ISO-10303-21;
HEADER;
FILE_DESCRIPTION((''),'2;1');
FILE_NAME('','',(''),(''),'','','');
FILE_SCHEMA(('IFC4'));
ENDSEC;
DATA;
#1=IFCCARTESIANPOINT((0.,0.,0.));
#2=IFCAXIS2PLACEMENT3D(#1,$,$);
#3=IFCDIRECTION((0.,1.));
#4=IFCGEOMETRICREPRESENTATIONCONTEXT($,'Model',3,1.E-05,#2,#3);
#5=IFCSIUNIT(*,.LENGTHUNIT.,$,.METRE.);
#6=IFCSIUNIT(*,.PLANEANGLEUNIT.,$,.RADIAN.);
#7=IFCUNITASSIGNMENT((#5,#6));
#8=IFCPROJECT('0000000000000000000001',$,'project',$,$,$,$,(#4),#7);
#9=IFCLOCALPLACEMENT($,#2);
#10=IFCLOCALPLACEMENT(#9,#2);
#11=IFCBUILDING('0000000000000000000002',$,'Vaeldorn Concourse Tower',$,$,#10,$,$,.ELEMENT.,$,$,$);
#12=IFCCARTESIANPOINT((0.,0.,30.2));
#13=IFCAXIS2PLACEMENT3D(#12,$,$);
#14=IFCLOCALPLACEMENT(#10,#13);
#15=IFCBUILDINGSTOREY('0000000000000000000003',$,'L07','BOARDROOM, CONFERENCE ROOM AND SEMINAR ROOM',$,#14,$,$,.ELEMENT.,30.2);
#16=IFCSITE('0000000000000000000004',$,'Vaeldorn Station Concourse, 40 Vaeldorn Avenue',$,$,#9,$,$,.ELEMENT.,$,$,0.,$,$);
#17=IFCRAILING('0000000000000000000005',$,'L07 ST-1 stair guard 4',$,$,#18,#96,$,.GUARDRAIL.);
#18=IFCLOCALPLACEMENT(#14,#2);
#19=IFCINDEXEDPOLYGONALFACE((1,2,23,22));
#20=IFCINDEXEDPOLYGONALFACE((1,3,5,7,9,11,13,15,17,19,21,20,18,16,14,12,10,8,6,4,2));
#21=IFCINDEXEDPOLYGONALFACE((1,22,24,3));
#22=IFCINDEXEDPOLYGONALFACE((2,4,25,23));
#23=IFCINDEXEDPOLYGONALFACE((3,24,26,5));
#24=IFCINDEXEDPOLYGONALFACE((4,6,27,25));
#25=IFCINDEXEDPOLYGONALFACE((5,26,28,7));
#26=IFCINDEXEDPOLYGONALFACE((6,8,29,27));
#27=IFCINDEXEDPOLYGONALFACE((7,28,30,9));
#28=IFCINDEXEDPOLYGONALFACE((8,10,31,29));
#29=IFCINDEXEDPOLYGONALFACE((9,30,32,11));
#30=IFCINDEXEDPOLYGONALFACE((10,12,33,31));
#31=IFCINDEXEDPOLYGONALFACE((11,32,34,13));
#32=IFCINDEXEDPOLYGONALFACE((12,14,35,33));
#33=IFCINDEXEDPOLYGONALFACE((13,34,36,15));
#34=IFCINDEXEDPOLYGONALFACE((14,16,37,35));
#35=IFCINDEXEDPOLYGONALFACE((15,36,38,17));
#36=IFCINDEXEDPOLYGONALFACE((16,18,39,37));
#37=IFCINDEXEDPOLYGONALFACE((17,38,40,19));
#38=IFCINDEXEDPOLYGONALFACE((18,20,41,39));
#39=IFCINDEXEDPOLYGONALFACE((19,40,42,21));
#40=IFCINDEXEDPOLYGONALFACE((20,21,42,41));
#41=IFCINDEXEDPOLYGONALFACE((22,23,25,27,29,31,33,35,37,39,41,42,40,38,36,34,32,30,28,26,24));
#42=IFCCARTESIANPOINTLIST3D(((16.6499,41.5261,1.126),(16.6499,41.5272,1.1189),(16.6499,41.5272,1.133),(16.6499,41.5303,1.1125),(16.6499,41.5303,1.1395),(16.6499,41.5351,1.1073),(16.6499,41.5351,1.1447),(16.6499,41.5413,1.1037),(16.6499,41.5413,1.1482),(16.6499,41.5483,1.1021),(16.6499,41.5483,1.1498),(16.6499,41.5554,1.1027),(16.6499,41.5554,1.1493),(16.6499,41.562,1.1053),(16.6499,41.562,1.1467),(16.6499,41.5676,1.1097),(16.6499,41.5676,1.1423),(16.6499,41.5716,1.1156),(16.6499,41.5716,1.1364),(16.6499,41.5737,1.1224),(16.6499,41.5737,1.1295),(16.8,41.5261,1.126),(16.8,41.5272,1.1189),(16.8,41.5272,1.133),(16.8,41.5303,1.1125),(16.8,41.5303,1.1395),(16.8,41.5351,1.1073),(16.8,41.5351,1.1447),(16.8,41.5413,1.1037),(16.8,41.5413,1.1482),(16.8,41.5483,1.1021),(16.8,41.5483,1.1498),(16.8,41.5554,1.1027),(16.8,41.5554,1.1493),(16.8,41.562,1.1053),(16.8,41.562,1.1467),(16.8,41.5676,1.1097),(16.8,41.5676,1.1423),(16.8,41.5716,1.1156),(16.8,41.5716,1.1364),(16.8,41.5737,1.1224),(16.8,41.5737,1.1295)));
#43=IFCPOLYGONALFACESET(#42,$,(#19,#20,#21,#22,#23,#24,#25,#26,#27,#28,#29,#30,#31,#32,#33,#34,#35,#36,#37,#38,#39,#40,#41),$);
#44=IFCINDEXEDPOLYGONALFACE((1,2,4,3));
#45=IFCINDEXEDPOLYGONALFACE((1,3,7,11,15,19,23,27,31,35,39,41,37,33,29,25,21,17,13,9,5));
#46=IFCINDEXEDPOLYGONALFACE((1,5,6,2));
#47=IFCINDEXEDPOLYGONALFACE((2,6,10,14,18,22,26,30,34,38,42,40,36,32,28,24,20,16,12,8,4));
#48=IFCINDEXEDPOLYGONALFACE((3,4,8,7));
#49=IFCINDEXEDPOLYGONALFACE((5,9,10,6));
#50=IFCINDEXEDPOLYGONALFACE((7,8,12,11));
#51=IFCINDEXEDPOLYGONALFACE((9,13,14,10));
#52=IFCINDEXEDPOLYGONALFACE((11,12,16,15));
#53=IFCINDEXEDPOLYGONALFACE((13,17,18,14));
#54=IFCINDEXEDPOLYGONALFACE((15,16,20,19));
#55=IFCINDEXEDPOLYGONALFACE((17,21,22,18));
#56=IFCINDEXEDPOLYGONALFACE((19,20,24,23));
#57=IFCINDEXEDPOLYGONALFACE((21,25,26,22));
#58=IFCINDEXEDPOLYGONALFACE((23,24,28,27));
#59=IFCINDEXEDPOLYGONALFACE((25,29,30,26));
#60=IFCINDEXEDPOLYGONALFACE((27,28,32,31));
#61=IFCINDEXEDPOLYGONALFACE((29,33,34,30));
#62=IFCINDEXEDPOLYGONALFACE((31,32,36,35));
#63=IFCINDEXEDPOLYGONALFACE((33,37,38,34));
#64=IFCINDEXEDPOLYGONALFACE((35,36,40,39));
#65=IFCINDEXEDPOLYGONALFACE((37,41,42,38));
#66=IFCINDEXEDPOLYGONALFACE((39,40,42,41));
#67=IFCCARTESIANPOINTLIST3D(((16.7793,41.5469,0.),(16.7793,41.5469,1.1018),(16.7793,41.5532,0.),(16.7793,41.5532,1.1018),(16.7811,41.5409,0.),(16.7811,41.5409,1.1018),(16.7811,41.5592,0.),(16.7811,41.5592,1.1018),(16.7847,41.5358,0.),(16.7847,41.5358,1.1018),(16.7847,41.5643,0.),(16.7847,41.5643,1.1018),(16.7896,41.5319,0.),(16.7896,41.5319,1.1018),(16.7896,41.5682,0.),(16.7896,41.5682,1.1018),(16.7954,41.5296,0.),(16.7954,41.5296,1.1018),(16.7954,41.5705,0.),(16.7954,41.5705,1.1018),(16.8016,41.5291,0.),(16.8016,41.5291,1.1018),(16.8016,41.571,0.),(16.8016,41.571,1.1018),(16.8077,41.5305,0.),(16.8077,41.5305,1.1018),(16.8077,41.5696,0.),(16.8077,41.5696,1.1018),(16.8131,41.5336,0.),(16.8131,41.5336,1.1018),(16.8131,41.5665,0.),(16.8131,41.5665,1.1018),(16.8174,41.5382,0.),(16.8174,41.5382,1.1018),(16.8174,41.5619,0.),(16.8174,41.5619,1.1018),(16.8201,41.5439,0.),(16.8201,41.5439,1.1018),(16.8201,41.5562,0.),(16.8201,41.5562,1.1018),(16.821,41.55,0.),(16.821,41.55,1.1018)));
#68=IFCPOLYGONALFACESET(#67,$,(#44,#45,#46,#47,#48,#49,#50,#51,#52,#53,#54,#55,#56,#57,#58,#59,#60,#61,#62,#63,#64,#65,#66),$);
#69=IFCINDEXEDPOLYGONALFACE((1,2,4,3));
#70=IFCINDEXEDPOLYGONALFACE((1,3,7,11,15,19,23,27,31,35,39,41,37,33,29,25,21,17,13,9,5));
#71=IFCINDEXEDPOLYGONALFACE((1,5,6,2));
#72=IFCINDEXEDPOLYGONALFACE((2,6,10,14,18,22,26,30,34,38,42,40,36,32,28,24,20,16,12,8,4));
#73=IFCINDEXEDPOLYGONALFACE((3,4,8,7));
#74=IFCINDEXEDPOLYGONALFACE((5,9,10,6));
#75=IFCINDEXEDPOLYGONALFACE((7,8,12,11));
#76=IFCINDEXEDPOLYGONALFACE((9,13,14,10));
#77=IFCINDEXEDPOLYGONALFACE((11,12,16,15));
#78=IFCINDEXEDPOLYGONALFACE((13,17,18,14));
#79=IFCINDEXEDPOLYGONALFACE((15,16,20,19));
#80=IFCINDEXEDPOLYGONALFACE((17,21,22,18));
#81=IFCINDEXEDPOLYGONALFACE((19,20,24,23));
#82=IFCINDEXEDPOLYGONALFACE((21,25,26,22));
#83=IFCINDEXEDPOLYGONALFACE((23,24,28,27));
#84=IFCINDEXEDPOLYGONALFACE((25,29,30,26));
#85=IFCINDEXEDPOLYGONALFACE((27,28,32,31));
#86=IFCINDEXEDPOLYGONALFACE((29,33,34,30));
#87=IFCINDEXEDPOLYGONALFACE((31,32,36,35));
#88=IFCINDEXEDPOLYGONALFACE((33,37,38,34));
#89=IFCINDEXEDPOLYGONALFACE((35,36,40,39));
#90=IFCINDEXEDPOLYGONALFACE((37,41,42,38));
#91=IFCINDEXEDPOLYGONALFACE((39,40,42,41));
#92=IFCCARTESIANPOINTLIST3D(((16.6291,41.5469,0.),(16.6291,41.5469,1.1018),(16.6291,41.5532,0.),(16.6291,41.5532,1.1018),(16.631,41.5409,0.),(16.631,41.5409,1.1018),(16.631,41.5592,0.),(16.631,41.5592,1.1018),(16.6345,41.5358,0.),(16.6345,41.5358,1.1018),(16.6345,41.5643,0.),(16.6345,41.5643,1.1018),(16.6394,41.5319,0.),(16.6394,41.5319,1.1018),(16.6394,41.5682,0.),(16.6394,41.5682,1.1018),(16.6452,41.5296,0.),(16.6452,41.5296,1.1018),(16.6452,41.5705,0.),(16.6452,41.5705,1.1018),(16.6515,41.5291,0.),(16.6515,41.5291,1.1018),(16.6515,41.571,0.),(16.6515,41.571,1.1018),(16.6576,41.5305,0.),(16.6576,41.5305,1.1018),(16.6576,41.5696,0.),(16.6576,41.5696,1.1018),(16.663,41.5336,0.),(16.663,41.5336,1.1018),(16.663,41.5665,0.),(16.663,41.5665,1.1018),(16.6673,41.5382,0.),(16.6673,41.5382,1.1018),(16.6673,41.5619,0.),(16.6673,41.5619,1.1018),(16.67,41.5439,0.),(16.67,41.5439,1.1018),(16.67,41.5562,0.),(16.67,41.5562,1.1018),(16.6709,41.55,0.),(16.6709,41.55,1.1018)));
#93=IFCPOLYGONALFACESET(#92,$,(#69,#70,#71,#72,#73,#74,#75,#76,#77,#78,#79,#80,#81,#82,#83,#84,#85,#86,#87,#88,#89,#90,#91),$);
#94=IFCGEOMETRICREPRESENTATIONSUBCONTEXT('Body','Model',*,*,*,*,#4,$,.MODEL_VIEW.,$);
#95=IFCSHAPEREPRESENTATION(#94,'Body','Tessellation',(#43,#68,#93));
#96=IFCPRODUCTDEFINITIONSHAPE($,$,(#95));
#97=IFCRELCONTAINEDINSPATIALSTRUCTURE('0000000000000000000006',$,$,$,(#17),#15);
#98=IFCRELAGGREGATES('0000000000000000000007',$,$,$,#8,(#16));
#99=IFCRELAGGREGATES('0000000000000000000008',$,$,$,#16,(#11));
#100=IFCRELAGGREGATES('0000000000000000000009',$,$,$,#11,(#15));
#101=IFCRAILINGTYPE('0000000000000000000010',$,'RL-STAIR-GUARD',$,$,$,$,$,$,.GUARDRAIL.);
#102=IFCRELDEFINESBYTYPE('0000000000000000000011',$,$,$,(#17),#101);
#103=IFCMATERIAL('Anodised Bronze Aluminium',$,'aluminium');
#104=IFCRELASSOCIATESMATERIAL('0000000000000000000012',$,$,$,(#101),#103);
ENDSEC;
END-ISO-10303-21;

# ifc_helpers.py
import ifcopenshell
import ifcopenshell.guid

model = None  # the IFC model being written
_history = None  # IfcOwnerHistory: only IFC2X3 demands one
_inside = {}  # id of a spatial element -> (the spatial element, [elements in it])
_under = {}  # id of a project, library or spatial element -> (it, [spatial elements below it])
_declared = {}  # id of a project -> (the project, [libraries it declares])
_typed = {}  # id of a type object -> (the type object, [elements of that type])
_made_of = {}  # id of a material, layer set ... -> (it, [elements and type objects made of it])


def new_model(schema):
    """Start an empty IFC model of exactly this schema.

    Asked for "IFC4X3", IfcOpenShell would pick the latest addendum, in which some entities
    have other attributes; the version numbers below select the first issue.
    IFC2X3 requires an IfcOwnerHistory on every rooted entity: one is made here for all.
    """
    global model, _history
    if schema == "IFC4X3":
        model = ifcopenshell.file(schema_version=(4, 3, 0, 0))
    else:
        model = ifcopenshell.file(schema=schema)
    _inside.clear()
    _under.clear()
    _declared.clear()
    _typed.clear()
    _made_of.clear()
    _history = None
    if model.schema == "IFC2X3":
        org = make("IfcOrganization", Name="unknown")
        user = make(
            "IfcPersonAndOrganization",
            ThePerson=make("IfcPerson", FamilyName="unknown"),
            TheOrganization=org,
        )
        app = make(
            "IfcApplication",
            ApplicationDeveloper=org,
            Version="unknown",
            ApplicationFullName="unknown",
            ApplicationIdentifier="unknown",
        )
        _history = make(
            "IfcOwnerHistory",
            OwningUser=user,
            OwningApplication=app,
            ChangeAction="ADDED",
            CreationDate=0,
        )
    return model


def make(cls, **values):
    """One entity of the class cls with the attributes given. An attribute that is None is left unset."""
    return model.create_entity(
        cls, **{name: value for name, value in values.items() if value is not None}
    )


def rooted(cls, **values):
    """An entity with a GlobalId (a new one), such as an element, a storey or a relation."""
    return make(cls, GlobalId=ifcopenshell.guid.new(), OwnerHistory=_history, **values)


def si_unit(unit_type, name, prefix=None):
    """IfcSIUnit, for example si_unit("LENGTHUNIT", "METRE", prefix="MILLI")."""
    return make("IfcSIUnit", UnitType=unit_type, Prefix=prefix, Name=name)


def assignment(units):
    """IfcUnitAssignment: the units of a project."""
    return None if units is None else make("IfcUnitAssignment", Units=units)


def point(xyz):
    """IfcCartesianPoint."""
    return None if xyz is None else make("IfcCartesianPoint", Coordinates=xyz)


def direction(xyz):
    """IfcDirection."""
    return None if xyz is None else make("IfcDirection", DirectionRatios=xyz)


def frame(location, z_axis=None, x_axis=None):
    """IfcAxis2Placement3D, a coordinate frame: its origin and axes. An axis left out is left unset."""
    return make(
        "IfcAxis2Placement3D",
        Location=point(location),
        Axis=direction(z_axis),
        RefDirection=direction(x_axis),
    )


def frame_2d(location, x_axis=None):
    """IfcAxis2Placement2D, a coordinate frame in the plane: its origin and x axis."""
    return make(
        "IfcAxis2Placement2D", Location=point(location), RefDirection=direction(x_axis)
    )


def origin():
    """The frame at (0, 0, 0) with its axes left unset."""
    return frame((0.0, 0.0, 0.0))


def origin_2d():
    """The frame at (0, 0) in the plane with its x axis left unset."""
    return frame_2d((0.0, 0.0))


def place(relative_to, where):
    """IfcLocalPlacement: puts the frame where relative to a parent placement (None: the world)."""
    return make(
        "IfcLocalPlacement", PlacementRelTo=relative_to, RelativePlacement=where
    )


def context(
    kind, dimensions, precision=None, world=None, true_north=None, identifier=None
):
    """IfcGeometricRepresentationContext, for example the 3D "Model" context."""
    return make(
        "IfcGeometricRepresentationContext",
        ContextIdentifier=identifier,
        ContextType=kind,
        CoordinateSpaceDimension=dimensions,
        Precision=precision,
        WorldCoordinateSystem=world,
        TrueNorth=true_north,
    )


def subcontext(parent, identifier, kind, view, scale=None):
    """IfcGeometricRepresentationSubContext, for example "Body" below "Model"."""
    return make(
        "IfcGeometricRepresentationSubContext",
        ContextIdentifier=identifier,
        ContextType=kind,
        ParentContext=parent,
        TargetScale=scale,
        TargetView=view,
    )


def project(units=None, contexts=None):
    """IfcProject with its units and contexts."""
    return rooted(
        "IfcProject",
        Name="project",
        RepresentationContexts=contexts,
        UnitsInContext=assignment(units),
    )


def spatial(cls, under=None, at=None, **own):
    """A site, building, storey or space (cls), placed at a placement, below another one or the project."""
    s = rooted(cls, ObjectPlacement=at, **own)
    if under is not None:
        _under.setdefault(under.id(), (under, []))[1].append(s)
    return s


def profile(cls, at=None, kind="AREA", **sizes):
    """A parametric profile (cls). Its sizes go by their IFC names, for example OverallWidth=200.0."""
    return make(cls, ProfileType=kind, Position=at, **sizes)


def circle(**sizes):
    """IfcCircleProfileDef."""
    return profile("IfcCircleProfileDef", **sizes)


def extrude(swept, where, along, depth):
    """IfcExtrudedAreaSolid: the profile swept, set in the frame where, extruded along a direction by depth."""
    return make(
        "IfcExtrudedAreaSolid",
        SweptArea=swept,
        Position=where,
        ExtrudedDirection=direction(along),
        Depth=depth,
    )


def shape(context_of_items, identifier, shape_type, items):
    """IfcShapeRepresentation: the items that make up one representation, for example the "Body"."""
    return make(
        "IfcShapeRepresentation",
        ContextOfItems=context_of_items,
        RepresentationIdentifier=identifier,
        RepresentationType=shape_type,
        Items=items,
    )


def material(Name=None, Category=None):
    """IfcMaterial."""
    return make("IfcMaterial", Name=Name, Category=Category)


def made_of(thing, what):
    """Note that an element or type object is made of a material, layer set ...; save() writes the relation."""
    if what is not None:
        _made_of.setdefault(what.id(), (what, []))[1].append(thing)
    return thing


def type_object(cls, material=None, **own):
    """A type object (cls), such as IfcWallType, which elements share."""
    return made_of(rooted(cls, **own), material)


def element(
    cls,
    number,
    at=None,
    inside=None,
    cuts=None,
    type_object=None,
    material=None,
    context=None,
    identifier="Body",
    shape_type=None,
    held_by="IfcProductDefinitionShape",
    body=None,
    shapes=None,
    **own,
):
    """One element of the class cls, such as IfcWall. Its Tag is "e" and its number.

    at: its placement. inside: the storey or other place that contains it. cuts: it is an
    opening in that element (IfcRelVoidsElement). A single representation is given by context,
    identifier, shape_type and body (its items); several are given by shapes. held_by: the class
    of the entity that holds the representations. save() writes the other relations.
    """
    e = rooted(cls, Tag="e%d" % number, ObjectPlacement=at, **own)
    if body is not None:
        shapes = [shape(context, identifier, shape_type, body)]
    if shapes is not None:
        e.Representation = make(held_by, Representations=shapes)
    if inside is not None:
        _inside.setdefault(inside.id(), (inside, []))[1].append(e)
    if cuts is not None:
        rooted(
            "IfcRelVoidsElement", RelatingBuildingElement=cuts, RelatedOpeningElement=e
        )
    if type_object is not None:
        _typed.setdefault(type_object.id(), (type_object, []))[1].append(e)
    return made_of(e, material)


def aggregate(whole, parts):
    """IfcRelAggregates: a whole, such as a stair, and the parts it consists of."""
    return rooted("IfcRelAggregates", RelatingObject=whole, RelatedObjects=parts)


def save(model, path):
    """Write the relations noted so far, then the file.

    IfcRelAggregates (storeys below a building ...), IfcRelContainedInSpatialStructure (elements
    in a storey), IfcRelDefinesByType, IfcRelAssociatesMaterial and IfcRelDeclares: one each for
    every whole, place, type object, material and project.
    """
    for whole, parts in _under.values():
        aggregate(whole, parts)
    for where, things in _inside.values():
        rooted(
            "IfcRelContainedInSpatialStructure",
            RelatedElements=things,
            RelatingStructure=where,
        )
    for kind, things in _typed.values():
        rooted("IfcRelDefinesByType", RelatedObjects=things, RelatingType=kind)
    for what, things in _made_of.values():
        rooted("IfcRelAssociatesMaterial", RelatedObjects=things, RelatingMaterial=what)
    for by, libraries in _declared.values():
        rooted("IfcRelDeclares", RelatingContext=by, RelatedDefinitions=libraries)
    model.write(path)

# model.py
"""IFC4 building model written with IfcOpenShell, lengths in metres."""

from ifc_helpers import new_model, si_unit, direction, frame, origin, origin_2d, place, context, subcontext, project, spatial, circle, extrude, material, type_object, element, save


model = new_model("IFC4")

# Units and contexts
model_context = context("Model", 3, precision=1e-05, world=origin(), true_north=direction((0.0, 1.0)))
body_context = subcontext(model_context, "Body", "Model", "MODEL_VIEW")
ifc_project = project(units=[si_unit("LENGTHUNIT", "METRE"), si_unit("PLANEANGLEUNIT", "RADIAN")], contexts=[model_context])

# Site, building, storey
site_placement = place(None, origin())
site = spatial("IfcSite", under=ifc_project, at=site_placement, Name="Vaeldorn Station Concourse, 40 Vaeldorn Avenue", CompositionType="ELEMENT", RefElevation=0.0)
building_placement = place(site_placement, origin())
building = spatial("IfcBuilding", under=site, at=building_placement, Name="Vaeldorn Concourse Tower", CompositionType="ELEMENT")
storey_placement = place(building_placement, frame((0.0, 0.0, 30.2)))
storey = spatial("IfcBuildingStorey", under=building, at=storey_placement, Name="L07", Description="BOARDROOM, CONFERENCE ROOM AND SEMINAR ROOM", CompositionType="ELEMENT", Elevation=30.2)

# Shared definitions
ifc_material_1 = material(Name="Anodised Bronze Aluminium", Category="aluminium")

# Railing
railing_type_1 = type_object("IfcRailingType", Name="RL-STAIR-GUARD", PredefinedType="GUARDRAIL", material=ifc_material_1)
railing_1_placement = place(storey_placement, frame((16.8, 41.55, 0.0)))
element("IfcRailing", 1, at=railing_1_placement, inside=storey, type_object=railing_type_1, Name="L07 ST-1 stair guard 4", PredefinedType="GUARDRAIL", context=body_context, shape_type="SweptSolid", body=[
    extrude(circle(Radius=0.0239, at=origin_2d()), frame((0.0, 0.0, 1.126), z_axis=(-1.0, 0.0, 0.0), x_axis=(0.0, -1.0, 0.0)), (0.0, 0.0, 1.0), 0.1501),
    extrude(circle(Radius=0.021, at=origin_2d()), origin(), (0.0, 0.0, 1.0), 1.1018),
    extrude(circle(Radius=0.021, at=origin_2d()), frame((-0.1501, 0.0, 0.0)), (0.0, 0.0, 1.0), 1.1018),
])

save(model, "model.ifc")
